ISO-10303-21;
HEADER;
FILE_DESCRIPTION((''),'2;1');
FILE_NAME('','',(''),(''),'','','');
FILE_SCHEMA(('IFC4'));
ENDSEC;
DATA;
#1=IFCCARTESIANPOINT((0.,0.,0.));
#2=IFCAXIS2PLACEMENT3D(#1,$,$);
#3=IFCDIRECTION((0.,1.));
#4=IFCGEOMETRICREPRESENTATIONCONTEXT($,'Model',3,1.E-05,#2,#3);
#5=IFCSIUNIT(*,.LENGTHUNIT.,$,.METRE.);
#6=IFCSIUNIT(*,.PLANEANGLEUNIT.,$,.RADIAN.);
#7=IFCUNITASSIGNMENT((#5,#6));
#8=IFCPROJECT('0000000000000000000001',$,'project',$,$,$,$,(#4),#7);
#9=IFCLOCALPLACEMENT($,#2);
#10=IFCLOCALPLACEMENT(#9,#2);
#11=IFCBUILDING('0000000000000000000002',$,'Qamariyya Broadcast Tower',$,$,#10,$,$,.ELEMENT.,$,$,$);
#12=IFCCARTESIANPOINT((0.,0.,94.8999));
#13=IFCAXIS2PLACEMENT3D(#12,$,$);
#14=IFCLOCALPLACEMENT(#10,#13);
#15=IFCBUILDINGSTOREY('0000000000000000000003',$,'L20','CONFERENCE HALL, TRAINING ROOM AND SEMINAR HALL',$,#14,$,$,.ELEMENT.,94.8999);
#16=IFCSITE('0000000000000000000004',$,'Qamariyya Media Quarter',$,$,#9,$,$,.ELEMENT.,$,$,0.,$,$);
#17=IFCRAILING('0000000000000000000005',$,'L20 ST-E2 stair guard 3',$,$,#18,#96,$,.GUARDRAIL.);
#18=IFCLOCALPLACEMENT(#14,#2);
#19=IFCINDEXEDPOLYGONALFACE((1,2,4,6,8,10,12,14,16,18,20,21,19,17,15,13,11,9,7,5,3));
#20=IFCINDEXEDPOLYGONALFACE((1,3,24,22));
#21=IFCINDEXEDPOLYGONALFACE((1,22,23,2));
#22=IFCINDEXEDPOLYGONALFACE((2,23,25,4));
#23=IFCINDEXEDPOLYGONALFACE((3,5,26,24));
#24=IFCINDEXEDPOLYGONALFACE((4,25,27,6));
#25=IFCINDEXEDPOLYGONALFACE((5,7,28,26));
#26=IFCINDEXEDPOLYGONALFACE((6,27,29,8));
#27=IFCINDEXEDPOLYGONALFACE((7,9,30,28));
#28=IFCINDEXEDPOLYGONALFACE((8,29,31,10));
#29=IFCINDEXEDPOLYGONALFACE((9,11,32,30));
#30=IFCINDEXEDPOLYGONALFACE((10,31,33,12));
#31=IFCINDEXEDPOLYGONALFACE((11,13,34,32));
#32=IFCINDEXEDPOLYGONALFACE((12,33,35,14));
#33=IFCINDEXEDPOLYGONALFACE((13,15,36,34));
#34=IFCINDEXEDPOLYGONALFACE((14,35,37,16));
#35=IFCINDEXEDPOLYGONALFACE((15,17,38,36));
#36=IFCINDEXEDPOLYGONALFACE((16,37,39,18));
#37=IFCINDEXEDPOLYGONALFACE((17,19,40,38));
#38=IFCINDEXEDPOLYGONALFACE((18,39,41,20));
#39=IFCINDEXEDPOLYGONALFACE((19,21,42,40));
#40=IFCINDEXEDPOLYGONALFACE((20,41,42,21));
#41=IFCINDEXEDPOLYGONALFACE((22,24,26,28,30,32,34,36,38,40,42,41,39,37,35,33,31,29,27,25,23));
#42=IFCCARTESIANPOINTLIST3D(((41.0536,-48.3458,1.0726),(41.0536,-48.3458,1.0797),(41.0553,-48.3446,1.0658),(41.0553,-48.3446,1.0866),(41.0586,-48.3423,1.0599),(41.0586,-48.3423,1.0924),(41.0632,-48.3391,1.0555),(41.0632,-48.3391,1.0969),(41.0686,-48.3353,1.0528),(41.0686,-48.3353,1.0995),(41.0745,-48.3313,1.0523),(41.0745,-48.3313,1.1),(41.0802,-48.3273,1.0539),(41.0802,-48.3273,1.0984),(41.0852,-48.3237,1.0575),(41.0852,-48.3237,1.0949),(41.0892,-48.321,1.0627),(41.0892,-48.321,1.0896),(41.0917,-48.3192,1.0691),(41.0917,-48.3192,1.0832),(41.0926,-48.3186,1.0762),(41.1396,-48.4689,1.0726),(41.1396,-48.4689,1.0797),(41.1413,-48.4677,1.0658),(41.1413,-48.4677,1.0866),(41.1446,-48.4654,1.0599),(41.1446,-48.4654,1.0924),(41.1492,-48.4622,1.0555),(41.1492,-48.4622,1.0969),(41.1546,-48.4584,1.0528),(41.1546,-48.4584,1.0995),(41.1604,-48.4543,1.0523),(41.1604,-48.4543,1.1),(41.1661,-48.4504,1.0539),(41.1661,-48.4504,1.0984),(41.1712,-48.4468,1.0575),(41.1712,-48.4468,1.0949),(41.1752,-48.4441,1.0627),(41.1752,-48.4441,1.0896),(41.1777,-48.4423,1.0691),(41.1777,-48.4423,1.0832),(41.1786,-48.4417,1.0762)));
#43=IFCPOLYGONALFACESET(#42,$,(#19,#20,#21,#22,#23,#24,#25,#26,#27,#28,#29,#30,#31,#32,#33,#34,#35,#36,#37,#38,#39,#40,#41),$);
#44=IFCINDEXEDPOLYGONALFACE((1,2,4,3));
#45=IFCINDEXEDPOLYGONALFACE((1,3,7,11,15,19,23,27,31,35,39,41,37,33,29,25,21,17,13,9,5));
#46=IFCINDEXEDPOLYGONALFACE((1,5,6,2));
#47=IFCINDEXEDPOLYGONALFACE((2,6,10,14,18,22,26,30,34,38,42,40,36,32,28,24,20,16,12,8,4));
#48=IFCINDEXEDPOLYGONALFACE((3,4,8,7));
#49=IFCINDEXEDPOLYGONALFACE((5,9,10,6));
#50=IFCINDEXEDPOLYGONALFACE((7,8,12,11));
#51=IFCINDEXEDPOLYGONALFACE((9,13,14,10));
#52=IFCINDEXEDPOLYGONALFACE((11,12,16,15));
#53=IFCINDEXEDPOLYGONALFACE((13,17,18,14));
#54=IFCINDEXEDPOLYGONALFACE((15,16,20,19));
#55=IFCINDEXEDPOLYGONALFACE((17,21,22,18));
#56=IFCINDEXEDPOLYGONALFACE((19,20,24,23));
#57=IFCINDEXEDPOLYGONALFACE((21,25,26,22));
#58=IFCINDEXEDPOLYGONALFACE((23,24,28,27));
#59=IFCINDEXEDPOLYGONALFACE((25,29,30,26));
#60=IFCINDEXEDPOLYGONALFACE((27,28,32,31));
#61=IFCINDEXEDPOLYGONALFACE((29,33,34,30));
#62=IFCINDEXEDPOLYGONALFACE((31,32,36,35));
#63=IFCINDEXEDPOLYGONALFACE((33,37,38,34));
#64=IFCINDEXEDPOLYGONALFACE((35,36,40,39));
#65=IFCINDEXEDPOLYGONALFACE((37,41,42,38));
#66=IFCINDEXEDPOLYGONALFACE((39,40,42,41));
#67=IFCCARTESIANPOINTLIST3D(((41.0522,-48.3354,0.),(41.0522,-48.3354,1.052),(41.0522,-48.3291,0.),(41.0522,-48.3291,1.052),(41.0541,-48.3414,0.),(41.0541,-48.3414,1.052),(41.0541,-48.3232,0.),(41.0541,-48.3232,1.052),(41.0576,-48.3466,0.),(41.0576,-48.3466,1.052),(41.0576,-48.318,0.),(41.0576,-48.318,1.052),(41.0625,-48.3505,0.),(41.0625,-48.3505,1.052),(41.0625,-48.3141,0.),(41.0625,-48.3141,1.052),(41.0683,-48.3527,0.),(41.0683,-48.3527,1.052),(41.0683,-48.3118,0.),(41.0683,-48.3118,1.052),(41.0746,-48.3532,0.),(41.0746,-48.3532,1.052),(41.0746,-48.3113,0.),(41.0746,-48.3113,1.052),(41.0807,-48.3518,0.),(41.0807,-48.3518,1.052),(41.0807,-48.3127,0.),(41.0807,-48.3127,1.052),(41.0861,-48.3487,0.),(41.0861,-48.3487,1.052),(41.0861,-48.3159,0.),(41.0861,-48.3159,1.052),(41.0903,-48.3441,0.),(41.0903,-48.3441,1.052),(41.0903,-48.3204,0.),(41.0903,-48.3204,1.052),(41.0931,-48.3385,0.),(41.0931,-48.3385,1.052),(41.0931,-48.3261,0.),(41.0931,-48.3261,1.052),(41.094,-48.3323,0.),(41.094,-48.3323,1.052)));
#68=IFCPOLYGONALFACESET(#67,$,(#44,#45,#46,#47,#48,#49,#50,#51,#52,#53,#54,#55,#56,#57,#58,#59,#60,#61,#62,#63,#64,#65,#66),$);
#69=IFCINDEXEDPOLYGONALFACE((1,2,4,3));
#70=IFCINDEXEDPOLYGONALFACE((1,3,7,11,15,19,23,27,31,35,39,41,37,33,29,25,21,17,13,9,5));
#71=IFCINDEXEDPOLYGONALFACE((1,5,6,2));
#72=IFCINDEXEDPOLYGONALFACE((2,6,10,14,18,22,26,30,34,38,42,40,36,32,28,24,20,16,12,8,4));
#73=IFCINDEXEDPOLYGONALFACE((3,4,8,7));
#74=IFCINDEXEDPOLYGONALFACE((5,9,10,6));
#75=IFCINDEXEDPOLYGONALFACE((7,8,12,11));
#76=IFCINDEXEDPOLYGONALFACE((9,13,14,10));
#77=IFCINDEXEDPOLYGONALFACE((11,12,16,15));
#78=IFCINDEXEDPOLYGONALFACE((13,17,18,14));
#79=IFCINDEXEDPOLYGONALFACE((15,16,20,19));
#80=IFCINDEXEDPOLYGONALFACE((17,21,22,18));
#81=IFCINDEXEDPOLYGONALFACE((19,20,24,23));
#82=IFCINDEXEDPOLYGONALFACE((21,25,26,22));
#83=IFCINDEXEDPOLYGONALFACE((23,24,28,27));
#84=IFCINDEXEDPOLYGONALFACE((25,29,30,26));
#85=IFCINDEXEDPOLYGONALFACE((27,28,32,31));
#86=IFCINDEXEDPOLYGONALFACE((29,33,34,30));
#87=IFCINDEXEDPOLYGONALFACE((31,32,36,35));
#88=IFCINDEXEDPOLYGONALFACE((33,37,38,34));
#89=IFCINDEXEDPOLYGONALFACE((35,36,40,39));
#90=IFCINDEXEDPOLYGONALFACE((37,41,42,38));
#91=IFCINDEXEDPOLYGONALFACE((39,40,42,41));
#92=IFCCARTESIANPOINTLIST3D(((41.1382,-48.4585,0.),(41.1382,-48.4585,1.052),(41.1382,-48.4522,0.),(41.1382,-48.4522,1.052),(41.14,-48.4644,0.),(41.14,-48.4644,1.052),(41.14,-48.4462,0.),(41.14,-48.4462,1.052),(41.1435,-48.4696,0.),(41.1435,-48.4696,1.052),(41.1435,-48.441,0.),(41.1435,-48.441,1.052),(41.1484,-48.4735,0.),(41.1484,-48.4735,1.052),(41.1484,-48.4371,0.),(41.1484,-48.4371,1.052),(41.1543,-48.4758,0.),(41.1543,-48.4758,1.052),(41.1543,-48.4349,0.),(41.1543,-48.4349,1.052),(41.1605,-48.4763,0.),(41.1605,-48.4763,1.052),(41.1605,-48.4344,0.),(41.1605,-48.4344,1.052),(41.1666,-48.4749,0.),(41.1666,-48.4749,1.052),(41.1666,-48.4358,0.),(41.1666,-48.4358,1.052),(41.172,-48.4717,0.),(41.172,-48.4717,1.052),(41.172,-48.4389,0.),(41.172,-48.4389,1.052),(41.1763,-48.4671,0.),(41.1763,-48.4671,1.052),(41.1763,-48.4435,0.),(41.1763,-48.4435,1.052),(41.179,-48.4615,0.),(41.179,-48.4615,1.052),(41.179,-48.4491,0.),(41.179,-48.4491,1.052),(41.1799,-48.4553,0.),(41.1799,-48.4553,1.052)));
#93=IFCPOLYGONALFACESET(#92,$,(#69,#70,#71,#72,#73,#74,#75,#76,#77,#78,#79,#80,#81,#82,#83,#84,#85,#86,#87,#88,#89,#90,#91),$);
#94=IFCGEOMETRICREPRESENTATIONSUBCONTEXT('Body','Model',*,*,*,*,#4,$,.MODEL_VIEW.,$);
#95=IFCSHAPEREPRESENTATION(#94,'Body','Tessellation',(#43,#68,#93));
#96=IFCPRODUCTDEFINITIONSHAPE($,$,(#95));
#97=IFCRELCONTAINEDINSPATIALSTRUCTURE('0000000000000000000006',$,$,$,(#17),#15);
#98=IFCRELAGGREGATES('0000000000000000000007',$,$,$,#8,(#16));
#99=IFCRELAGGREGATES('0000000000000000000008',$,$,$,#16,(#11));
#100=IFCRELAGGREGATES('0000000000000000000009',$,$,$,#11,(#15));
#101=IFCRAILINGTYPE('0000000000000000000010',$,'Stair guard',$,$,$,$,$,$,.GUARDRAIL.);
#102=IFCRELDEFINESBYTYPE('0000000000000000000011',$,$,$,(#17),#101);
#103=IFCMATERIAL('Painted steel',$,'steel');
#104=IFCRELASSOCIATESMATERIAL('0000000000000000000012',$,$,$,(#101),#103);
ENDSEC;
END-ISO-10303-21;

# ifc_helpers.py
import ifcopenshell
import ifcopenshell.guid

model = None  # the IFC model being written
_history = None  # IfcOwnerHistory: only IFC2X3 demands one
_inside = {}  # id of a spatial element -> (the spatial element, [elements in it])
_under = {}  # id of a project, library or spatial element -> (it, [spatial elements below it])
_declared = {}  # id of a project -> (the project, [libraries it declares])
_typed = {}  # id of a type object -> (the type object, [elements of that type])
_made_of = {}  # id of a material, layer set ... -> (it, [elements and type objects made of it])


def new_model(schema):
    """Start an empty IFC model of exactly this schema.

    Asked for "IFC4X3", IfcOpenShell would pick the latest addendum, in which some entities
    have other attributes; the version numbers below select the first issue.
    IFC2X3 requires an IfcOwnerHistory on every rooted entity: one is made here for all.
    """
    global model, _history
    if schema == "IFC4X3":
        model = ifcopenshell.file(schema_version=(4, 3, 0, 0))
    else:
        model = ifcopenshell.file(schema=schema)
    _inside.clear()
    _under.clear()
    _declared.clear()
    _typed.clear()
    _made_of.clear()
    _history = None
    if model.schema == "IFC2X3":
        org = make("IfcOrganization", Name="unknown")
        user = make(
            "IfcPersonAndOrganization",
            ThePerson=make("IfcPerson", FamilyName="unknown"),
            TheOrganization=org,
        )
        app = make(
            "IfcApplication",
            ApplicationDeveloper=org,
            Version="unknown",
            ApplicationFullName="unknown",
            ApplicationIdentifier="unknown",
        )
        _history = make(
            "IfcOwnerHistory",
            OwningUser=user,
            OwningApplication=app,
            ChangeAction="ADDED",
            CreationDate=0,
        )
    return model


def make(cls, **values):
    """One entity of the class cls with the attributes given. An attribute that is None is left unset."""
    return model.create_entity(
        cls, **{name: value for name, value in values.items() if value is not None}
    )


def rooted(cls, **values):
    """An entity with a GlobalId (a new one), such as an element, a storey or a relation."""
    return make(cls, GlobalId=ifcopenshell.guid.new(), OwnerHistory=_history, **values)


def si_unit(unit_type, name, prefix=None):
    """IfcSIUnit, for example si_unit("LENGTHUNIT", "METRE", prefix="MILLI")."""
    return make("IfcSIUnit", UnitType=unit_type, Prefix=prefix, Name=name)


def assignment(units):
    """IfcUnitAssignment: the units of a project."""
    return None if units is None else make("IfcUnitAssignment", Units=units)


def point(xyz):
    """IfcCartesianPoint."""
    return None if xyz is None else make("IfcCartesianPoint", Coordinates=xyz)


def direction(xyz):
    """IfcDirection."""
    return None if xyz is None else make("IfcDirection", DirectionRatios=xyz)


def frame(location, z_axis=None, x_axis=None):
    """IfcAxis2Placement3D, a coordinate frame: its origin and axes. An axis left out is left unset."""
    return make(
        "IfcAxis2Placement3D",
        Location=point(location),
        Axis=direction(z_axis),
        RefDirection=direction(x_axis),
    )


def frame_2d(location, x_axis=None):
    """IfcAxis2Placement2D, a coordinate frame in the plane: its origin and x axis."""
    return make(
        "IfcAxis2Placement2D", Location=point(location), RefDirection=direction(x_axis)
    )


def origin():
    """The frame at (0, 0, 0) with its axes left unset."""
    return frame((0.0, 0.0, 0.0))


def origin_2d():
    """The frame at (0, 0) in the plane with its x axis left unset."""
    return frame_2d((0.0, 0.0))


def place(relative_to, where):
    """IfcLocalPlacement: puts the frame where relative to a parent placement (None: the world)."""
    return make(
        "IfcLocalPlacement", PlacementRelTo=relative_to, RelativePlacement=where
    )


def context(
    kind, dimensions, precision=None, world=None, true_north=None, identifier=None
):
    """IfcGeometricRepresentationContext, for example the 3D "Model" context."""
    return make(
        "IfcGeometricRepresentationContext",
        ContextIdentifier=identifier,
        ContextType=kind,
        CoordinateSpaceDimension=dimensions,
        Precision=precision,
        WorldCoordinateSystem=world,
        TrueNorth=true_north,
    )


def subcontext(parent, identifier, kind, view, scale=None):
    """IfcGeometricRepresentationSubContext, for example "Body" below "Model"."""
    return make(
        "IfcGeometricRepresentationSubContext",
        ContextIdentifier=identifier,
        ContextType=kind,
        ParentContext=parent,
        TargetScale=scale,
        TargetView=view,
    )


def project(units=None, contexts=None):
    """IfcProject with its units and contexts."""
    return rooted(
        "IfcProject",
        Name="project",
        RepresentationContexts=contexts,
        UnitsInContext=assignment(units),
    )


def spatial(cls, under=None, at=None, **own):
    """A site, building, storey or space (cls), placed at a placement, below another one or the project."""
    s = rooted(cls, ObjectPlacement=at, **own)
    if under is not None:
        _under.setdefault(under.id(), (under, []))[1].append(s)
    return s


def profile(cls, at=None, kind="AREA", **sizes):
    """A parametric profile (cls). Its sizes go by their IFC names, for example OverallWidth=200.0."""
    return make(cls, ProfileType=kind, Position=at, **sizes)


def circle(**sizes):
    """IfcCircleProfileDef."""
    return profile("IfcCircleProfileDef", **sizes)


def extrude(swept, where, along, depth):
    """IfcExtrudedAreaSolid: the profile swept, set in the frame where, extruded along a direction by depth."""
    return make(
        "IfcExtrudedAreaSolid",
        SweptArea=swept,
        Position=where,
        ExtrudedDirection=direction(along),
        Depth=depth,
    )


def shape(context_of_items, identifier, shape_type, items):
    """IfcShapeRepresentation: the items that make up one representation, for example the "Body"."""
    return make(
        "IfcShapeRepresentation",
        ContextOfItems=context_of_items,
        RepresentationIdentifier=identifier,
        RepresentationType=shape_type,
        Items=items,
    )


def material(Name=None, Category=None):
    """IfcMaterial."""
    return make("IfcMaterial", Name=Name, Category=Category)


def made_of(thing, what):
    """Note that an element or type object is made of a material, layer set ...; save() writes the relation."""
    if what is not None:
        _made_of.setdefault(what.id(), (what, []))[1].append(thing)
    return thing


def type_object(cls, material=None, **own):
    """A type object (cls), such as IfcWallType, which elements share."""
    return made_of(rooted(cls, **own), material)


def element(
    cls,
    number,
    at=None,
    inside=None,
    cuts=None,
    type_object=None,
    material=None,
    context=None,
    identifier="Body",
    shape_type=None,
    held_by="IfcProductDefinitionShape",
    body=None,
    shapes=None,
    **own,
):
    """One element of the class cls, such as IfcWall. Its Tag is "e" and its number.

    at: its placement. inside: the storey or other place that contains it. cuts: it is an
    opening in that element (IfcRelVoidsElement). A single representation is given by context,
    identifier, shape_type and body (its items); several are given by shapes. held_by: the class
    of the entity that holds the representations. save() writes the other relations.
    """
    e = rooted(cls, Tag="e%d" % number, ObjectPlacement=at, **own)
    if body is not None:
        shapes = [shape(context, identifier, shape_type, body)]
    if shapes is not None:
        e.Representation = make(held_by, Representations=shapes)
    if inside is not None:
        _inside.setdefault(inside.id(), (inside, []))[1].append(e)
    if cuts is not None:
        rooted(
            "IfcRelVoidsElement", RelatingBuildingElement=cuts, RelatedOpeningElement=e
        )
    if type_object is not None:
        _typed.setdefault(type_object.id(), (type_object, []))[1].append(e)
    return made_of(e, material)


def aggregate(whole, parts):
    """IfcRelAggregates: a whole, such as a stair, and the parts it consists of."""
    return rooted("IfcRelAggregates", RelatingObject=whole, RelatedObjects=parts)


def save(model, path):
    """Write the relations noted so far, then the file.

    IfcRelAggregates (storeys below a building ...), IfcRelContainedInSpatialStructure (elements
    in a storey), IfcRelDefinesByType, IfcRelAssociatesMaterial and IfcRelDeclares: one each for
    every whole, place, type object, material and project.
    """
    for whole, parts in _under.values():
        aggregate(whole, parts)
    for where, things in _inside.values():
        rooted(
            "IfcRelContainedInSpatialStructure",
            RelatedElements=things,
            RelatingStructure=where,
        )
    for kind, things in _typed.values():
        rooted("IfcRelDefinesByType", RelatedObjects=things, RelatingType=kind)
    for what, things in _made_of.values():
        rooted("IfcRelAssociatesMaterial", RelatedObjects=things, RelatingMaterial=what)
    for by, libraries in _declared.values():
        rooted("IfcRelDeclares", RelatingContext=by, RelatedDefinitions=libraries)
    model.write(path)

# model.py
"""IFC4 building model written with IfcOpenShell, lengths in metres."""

from ifc_helpers import new_model, si_unit, direction, frame, origin, origin_2d, place, context, subcontext, project, spatial, circle, extrude, material, type_object, element, save


model = new_model("IFC4")

# Units and contexts
model_context = context("Model", 3, precision=1e-05, world=origin(), true_north=direction((0.0, 1.0)))
body_context = subcontext(model_context, "Body", "Model", "MODEL_VIEW")
ifc_project = project(units=[si_unit("LENGTHUNIT", "METRE"), si_unit("PLANEANGLEUNIT", "RADIAN")], contexts=[model_context])

# Site, building, storey
site_placement = place(None, origin())
site = spatial("IfcSite", under=ifc_project, at=site_placement, Name="Qamariyya Media Quarter", CompositionType="ELEMENT", RefElevation=0.0)
building_placement = place(site_placement, origin())
building = spatial("IfcBuilding", under=site, at=building_placement, Name="Qamariyya Broadcast Tower", CompositionType="ELEMENT")
storey_placement = place(building_placement, frame((0.0, 0.0, 94.8999)))
storey = spatial("IfcBuildingStorey", under=building, at=storey_placement, Name="L20", Description="CONFERENCE HALL, TRAINING ROOM AND SEMINAR HALL", CompositionType="ELEMENT", Elevation=94.8999)

# Railing
ifc_material_1 = material(Name="Painted steel", Category="steel")
railing_type_1 = type_object("IfcRailingType", Name="Stair guard", PredefinedType="GUARDRAIL", material=ifc_material_1)
railing_1_placement = place(storey_placement, frame((41.073, -48.3323, 0.0)))
element("IfcRailing", 1, at=railing_1_placement, inside=storey, type_object=railing_type_1, Name="L20 ST-E2 stair guard 3", PredefinedType="GUARDRAIL", context=body_context, shape_type="SweptSolid", body=[
    extrude(circle(Radius=0.0239, at=origin_2d()), frame((0.0, 0.0, 1.0762), z_axis=(0.572589, -0.819843, 0.0), x_axis=(0.819843, 0.572589, 0.0)), (0.0, 0.0, 1.0), 0.1501),
    extrude(circle(Radius=0.021, at=origin_2d()), origin(), (0.0, 0.0, 1.0), 1.052),
    extrude(circle(Radius=0.021, at=origin_2d()), frame((0.0859, -0.123, 0.0)), (0.0, 0.0, 1.0), 1.052),
])

save(model, "model.ifc")
